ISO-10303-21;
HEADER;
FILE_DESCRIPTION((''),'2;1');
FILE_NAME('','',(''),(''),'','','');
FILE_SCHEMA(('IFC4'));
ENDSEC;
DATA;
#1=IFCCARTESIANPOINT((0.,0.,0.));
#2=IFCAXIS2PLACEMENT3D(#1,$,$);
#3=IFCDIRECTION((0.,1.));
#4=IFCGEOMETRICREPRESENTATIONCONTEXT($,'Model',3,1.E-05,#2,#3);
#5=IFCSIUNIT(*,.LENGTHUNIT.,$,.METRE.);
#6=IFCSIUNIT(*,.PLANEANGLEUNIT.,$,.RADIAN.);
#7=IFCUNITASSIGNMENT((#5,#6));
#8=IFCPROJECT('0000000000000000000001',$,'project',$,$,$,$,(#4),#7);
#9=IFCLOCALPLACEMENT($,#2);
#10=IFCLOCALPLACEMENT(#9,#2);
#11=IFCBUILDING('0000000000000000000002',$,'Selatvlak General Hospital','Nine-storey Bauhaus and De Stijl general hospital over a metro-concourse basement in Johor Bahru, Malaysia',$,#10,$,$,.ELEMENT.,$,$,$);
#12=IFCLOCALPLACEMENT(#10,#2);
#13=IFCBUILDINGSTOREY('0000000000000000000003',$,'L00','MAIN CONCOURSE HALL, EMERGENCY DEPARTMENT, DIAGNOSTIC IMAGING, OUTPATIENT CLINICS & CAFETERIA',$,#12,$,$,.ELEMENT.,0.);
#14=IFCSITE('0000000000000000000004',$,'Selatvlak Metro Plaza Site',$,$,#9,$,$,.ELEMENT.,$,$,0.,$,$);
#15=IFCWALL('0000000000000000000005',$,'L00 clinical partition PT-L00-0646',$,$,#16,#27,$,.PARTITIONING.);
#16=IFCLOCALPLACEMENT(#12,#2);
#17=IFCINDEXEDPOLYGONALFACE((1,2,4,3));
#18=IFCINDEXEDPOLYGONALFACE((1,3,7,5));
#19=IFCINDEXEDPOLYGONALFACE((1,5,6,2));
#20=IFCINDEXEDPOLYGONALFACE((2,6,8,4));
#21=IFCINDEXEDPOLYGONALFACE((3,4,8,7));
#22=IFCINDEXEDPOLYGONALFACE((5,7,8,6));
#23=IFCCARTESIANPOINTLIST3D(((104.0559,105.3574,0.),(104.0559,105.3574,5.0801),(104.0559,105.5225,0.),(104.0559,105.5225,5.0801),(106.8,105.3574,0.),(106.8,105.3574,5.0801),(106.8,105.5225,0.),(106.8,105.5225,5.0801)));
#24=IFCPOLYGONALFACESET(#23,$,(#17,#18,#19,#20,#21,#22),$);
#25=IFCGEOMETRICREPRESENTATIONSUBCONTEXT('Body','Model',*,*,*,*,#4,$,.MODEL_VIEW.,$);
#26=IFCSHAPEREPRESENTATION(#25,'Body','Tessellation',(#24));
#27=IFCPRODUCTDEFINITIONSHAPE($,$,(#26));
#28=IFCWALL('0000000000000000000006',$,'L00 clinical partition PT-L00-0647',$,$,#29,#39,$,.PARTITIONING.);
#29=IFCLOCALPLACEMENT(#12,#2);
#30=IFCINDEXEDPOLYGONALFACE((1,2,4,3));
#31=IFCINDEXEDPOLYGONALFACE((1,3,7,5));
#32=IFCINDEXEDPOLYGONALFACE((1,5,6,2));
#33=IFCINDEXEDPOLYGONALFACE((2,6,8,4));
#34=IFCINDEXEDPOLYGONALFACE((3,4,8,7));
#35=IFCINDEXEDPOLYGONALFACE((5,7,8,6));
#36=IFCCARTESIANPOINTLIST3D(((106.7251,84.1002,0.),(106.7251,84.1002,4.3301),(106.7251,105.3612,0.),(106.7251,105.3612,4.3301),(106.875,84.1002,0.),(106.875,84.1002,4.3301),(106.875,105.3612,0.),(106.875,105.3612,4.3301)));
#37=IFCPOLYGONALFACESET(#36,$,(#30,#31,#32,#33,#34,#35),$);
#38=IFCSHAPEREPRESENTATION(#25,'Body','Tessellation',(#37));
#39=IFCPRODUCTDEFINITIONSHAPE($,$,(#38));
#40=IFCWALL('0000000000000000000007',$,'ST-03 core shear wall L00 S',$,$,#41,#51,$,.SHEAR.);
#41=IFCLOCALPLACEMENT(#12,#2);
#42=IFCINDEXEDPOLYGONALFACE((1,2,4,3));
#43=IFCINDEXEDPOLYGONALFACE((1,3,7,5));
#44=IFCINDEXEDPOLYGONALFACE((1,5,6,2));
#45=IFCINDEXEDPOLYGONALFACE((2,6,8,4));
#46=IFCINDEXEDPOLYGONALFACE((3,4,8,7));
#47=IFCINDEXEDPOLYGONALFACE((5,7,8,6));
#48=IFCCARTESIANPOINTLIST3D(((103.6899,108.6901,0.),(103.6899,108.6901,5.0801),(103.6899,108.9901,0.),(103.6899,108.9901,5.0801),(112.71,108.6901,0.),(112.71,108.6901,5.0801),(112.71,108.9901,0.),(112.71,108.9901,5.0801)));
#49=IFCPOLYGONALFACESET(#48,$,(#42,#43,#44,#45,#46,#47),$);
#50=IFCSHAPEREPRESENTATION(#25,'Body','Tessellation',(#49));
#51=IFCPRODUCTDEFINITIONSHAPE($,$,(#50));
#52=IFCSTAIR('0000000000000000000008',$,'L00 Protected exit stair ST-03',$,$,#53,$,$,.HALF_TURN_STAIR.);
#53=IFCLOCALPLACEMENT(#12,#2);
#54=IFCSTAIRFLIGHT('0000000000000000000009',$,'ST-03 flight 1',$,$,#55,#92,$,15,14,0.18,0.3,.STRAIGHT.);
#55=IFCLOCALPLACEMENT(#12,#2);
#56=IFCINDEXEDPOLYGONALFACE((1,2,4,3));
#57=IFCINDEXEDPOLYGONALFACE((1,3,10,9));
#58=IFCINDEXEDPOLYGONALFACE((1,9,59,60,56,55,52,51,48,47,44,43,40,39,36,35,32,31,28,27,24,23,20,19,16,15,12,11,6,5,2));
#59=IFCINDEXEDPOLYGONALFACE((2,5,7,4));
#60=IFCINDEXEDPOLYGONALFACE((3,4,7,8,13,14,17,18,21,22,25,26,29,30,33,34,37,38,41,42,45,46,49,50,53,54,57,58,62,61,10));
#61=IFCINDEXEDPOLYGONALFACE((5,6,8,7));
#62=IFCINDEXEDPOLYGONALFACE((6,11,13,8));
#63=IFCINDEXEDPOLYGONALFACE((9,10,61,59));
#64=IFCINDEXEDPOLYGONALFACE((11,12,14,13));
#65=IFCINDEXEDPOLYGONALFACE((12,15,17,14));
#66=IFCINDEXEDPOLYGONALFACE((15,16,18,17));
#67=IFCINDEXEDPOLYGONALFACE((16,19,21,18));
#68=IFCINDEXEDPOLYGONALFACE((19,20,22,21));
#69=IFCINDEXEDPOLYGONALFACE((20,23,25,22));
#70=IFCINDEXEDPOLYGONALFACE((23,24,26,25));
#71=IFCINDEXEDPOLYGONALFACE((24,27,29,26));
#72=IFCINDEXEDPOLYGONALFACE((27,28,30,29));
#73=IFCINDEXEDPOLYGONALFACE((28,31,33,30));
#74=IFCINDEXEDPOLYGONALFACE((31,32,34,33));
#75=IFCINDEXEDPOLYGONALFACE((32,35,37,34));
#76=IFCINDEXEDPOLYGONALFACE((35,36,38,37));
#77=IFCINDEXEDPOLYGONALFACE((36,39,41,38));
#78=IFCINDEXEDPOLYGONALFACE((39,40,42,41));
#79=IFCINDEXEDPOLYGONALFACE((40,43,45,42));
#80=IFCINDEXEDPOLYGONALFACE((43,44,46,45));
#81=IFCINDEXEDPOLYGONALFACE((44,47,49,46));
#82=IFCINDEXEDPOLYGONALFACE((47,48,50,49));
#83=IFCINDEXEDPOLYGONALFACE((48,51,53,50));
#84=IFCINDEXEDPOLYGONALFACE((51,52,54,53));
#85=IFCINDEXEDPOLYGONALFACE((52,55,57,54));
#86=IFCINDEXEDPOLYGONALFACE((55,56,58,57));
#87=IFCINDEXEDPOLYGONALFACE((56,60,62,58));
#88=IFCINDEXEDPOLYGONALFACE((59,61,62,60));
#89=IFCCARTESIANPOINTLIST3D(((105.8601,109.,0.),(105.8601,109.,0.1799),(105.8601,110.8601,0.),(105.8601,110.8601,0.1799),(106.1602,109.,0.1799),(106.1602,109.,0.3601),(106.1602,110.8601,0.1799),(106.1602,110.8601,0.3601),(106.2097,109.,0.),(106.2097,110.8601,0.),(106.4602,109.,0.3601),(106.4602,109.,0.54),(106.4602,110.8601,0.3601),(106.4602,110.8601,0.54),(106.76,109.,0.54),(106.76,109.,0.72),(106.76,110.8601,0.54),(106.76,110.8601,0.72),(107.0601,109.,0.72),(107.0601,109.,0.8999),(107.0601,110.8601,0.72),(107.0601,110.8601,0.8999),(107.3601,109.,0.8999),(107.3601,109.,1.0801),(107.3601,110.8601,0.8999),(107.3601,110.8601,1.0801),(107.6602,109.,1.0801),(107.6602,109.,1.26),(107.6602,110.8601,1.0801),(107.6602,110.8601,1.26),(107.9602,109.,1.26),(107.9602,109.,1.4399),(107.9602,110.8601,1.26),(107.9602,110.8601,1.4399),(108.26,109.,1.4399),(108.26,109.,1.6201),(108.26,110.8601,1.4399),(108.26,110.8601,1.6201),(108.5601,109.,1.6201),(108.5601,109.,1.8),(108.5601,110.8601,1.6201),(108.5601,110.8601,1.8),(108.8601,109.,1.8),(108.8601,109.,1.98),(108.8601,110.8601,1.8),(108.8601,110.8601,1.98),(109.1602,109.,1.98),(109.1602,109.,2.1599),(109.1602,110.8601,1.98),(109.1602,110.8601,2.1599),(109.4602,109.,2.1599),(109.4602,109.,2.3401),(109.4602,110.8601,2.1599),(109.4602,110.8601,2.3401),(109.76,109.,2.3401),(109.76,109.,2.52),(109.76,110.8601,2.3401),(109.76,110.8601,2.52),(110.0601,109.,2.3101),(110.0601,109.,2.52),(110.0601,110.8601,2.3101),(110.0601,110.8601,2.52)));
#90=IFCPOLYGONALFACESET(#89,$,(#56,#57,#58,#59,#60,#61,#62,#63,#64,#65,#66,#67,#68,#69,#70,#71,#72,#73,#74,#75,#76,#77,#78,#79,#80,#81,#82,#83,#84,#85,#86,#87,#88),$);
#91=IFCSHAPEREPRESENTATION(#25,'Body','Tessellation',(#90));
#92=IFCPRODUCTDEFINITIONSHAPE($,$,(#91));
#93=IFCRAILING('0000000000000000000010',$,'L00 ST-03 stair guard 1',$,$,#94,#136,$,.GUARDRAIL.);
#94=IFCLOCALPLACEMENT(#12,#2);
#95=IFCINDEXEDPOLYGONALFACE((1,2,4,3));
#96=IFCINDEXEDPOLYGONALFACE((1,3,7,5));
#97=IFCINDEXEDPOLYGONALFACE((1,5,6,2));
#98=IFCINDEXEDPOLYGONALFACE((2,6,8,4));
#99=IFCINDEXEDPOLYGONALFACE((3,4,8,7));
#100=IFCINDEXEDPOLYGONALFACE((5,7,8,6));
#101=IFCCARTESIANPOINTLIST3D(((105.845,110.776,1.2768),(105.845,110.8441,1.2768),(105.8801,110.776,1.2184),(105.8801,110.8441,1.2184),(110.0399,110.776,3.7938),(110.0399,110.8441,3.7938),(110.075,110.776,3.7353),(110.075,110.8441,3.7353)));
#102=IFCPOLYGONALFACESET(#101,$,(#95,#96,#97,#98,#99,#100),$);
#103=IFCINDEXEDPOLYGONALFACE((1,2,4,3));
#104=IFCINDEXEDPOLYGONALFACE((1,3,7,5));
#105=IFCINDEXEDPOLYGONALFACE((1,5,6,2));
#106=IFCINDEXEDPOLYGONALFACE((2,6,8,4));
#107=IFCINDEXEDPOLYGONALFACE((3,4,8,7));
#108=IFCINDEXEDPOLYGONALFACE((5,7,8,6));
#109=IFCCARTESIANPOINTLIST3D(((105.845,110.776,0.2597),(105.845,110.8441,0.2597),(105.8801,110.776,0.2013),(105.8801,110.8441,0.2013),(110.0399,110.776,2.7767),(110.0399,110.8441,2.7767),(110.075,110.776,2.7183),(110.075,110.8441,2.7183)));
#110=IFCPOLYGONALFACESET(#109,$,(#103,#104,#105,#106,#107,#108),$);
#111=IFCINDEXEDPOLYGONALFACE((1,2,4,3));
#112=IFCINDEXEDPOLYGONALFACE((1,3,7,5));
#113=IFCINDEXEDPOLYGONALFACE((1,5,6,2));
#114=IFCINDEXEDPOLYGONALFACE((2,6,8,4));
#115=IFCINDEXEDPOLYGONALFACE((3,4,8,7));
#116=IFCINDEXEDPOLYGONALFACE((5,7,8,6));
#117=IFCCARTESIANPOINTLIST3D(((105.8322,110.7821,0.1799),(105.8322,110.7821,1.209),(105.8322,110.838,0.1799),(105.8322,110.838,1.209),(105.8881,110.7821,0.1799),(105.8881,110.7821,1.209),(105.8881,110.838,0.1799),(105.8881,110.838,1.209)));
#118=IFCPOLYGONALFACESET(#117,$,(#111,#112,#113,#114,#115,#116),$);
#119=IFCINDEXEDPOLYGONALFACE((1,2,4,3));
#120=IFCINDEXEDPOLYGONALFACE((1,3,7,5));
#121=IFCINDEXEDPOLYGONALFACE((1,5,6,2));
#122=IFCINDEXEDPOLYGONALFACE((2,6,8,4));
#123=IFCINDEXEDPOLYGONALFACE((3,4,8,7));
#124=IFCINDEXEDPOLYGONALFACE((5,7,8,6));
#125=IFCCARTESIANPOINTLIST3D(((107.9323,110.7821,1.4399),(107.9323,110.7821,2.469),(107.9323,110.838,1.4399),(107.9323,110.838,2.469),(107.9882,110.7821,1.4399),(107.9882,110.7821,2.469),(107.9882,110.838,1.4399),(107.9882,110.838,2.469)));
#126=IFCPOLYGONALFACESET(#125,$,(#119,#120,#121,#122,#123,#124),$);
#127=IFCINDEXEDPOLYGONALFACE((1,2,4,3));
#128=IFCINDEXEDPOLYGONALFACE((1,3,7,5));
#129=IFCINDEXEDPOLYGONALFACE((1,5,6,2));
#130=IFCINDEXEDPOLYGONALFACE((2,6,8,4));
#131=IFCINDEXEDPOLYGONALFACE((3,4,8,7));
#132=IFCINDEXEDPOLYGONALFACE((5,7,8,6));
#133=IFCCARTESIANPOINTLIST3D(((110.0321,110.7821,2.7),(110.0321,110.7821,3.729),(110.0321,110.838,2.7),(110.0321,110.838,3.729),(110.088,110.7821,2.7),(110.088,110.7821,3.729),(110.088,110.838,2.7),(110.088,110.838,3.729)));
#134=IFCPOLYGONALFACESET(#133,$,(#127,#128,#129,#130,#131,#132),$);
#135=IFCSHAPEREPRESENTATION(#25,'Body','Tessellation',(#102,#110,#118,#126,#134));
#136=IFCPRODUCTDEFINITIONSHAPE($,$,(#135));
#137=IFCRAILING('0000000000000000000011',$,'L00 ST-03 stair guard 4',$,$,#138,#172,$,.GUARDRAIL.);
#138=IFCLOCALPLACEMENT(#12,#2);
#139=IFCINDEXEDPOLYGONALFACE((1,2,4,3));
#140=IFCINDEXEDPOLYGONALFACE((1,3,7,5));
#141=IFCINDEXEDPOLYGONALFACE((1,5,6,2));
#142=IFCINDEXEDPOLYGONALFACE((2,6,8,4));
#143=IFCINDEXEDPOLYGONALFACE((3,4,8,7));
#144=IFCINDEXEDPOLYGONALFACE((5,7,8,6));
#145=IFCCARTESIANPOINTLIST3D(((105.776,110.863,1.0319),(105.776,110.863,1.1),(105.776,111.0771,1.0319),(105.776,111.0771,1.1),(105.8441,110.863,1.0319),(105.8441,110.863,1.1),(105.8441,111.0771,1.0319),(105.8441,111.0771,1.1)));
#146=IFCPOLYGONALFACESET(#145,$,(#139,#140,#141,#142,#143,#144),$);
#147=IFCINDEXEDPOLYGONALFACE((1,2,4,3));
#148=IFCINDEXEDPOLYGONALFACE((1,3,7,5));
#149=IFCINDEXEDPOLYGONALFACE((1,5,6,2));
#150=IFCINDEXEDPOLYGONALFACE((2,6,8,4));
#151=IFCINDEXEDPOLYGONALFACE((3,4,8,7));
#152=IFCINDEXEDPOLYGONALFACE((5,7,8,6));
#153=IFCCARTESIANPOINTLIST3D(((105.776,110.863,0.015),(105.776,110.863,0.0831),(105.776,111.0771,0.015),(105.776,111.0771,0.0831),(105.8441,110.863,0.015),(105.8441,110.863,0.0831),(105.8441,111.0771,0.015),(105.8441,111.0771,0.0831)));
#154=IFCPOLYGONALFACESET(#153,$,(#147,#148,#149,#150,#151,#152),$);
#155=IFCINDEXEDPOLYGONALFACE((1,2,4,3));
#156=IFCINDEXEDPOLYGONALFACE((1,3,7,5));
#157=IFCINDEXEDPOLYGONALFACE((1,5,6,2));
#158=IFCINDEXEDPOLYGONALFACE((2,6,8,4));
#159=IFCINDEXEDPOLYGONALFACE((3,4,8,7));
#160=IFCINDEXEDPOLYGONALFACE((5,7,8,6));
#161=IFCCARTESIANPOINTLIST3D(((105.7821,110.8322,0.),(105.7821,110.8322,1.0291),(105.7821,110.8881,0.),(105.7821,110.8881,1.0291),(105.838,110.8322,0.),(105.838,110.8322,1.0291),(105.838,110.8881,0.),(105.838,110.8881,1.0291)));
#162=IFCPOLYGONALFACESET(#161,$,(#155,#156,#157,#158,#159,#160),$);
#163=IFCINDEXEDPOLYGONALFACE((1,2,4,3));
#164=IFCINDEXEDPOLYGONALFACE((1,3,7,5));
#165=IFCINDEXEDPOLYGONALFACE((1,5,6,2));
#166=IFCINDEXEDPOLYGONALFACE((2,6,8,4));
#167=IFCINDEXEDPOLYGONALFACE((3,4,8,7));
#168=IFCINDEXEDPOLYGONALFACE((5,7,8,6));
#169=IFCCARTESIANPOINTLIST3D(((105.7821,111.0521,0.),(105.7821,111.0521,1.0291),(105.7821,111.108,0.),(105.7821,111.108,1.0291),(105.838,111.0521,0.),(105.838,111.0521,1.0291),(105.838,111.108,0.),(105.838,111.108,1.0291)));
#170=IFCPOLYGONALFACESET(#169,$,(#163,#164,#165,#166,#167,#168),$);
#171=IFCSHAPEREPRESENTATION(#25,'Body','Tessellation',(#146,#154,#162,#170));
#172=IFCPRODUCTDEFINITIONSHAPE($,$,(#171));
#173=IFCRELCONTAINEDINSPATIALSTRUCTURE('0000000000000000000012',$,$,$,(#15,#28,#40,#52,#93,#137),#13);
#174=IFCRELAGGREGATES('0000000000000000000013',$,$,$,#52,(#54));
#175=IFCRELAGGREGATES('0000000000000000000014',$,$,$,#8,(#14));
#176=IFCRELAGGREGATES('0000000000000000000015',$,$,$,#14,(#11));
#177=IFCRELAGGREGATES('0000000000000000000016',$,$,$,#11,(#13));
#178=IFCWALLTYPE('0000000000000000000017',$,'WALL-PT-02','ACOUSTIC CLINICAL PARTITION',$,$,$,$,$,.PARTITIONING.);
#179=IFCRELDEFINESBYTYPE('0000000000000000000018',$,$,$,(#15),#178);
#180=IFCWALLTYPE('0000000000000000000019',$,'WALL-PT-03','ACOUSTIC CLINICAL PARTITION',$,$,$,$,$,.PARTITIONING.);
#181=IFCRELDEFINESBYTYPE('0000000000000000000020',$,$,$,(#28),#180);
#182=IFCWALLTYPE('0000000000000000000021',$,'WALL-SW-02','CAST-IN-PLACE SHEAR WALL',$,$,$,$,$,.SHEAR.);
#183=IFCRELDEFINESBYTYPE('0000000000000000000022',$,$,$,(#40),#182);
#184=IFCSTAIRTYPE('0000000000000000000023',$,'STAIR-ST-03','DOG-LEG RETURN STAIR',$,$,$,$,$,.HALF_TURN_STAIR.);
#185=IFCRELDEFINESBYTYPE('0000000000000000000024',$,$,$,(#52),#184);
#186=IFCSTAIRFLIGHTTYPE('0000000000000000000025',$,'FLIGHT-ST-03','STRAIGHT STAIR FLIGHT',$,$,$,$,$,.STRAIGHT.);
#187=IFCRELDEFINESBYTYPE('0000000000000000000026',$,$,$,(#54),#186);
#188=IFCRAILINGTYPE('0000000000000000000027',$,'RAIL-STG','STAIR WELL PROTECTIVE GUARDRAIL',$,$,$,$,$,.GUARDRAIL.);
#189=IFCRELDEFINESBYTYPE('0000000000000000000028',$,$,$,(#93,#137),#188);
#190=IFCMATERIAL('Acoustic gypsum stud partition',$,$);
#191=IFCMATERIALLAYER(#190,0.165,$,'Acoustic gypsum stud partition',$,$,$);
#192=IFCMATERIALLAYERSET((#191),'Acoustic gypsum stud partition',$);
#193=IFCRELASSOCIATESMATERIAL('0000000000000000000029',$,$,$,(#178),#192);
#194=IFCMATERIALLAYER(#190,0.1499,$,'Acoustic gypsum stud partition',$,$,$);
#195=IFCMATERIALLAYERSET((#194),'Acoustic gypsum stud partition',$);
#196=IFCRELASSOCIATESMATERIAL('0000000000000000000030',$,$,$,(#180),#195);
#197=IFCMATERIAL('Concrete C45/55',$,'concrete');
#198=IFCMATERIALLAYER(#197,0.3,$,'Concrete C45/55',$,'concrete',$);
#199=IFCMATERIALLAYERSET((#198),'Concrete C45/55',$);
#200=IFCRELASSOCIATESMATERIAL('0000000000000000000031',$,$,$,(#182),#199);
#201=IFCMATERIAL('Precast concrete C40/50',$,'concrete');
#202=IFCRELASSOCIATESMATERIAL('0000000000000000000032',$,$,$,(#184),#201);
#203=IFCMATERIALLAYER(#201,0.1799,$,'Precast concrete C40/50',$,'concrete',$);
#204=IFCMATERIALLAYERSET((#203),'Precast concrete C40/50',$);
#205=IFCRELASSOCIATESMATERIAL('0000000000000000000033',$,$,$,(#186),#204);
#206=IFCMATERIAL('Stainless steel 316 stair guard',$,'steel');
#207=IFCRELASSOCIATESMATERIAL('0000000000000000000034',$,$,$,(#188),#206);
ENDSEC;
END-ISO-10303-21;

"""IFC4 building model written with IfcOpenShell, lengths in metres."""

from ifc_helpers import new_model, si_unit, direction, frame, frame_2d, origin, origin_2d, place, context, subcontext, project, spatial, polyline, rectangle, outline, extrude, material, layer, layer_set, type_object, element, aggregate, save


model = new_model("IFC4")

# Units and contexts
model_context = context("Model", 3, precision=1e-05, world=origin(), true_north=direction((0.0, 1.0)))
body_context = subcontext(model_context, "Body", "Model", "MODEL_VIEW")
ifc_project = project(units=[si_unit("LENGTHUNIT", "METRE"), si_unit("PLANEANGLEUNIT", "RADIAN")], contexts=[model_context])

# Site, building, storey
site_placement = place(None, origin())
site = spatial("IfcSite", under=ifc_project, at=site_placement, Name="Selatvlak Metro Plaza Site", CompositionType="ELEMENT", RefElevation=0.0)
building_placement = place(site_placement, origin())
building = spatial("IfcBuilding", under=site, at=building_placement, Name="Selatvlak General Hospital", Description="Nine-storey Bauhaus and De Stijl general hospital over a metro-concourse basement in Johor Bahru, Malaysia", CompositionType="ELEMENT")
storey_placement = place(building_placement, origin())
storey = spatial("IfcBuildingStorey", under=building, at=storey_placement, Name="L00", Description="MAIN CONCOURSE HALL, EMERGENCY DEPARTMENT, DIAGNOSTIC IMAGING, OUTPATIENT CLINICS & CAFETERIA", CompositionType="ELEMENT", Elevation=0.0)

# Shared definitions
ifc_material_1 = material(Name="Acoustic gypsum stud partition")

# Walls
ifc_layer_1 = layer(ifc_material_1, 0.165, Name="Acoustic gypsum stud partition")
ifc_layer_set_1 = layer_set([ifc_layer_1], Name="Acoustic gypsum stud partition")
wall_type_1 = type_object("IfcWallType", Name="WALL-PT-02", Description="ACOUSTIC CLINICAL PARTITION", PredefinedType="PARTITIONING", material=ifc_layer_set_1)
wall_1_placement = place(storey_placement, frame((104.0559, 105.4399, 0.0), z_axis=(0.0, 0.0, 1.0), x_axis=(1.0, 0.0, 0.0)))
element("IfcWall", 1, at=wall_1_placement, inside=storey, type_object=wall_type_1, Name="L00 clinical partition PT-L00-0646", PredefinedType="PARTITIONING", context=body_context, shape_type="SweptSolid", body=[
    extrude(rectangle(XDim=2.7441, YDim=0.165, at=frame_2d((1.3721, 0.0))), origin(), (0.0, 0.0, 1.0), 5.0801),
])
ifc_layer_2 = layer(ifc_material_1, 0.1499, Name="Acoustic gypsum stud partition")
ifc_layer_set_2 = layer_set([ifc_layer_2], Name="Acoustic gypsum stud partition")
wall_type_2 = type_object("IfcWallType", Name="WALL-PT-03", Description="ACOUSTIC CLINICAL PARTITION", PredefinedType="PARTITIONING", material=ifc_layer_set_2)
wall_2_placement = place(storey_placement, frame((106.8, 105.3611, 0.0), z_axis=(0.0, 0.0, 1.0), x_axis=(0.0, -1.0, 0.0)))
element("IfcWall", 2, at=wall_2_placement, inside=storey, type_object=wall_type_2, Name="L00 clinical partition PT-L00-0647", PredefinedType="PARTITIONING", context=body_context, shape_type="SweptSolid", body=[
    extrude(rectangle(XDim=21.261, YDim=0.1499, at=frame_2d((10.6304, 0.0))), origin(), (0.0, 0.0, 1.0), 4.3301),
])
ifc_material_2 = material(Name="Concrete C45/55", Category="concrete")
ifc_layer_3 = layer(ifc_material_2, 0.3, Name="Concrete C45/55", Category="concrete")
ifc_layer_set_3 = layer_set([ifc_layer_3], Name="Concrete C45/55")
wall_type_3 = type_object("IfcWallType", Name="WALL-SW-02", Description="CAST-IN-PLACE SHEAR WALL", PredefinedType="SHEAR", material=ifc_layer_set_3)
wall_3_placement = place(storey_placement, frame((103.6899, 108.8401, 0.0), z_axis=(0.0, 0.0, 1.0), x_axis=(1.0, 0.0, 0.0)))
element("IfcWall", 3, at=wall_3_placement, inside=storey, type_object=wall_type_3, Name="ST-03 core shear wall L00 S", PredefinedType="SHEAR", context=body_context, shape_type="SweptSolid", body=[
    extrude(rectangle(XDim=9.02, YDim=0.3, at=frame_2d((4.51, 0.0))), origin(), (0.0, 0.0, 1.0), 5.0801),
])

# Stair, stair flight
ifc_material_3 = material(Name="Precast concrete C40/50", Category="concrete")
stair_type = type_object("IfcStairType", Name="STAIR-ST-03", Description="DOG-LEG RETURN STAIR", PredefinedType="HALF_TURN_STAIR", material=ifc_material_3)
stair_placement = place(storey_placement, origin())
stair = element("IfcStair", 4, at=stair_placement, inside=storey, type_object=stair_type, Name="L00 Protected exit stair ST-03", PredefinedType="HALF_TURN_STAIR")
ifc_layer_4 = layer(ifc_material_3, 0.1799, Name="Precast concrete C40/50", Category="concrete")
ifc_layer_set_4 = layer_set([ifc_layer_4], Name="Precast concrete C40/50")
stair_flight_type = type_object("IfcStairFlightType", Name="FLIGHT-ST-03", Description="STRAIGHT STAIR FLIGHT", PredefinedType="STRAIGHT", material=ifc_layer_set_4)
stair_flight_placement = place(storey_placement, frame((105.8601, 109.9299, 0.0), z_axis=(0.0, 0.0, 1.0), x_axis=(1.0, 0.0, 0.0)))
stair_flight = element("IfcStairFlight", 5, at=stair_flight_placement, type_object=stair_flight_type, Name="ST-03 flight 1", NumberOfRisers=15, NumberOfTreads=14, PredefinedType="STRAIGHT", RiserHeight=0.18, TreadLength=0.3, context=body_context, shape_type="SweptSolid", body=[
    extrude(outline(polyline([(0.0, 0.0), (0.0, 0.1799), (0.3, 0.1799), (0.3, 0.3601), (0.6001, 0.3601), (0.6001, 0.54), (0.8999, 0.54), (0.8999, 0.72), (1.2, 0.72), (1.2, 0.8999), (1.5, 0.8999), (1.5, 1.0801), (1.8, 1.0801), (1.8, 1.26), (2.1001, 1.26), (2.1001, 1.4399), (2.3999, 1.4399), (2.3999, 1.6201), (2.7, 1.6201), (2.7, 1.8), (3.0, 1.8), (3.0, 1.98), (3.3, 1.98), (3.3, 2.1599), (3.6001, 2.1599), (3.6001, 2.3401), (3.8999, 2.3401), (3.8999, 2.52), (4.2, 2.52), (4.2, 2.7), (4.2, 2.3101), (0.3496, 0.0), (0.0, 0.0)])), frame((0.0, 0.9302, 0.0), z_axis=(0.0, -1.0, 0.0), x_axis=(1.0, 0.0, 0.0)), (0.0, 0.0, 1.0), 1.8601),
])
aggregate(stair, [stair_flight])

# Railings
ifc_material_4 = material(Name="Stainless steel 316 stair guard", Category="steel")
railing_type_1 = type_object("IfcRailingType", Name="RAIL-STG", Description="STAIR WELL PROTECTIVE GUARDRAIL", PredefinedType="GUARDRAIL", material=ifc_material_4)
railing_1_placement = place(storey_placement, frame((105.8601, 110.8101, 0.1799)))
element("IfcRailing", 6, at=railing_1_placement, inside=storey, type_object=railing_type_1, Name="L00 ST-03 stair guard 1", PredefinedType="GUARDRAIL", context=body_context, shape_type="SweptSolid", body=[
    extrude(rectangle(XDim=0.0681, YDim=0.0681, at=origin_2d()), frame((0.0024, 0.0, 1.0676), z_axis=(0.857489, 0.0, 0.514503), x_axis=(0.0, 1.0, 0.0)), (0.0, 0.0, 1.0), 4.8921),
    extrude(rectangle(XDim=0.0681, YDim=0.0681, at=origin_2d()), frame((0.0024, 0.0, 0.0505), z_axis=(0.857489, 0.0, 0.514503), x_axis=(0.0, 1.0, 0.0)), (0.0, 0.0, 1.0), 4.8921),
    extrude(rectangle(XDim=0.0559, YDim=0.0559, at=origin_2d()), origin(), (0.0, 0.0, 1.0), 1.0291),
    extrude(rectangle(XDim=0.0559, YDim=0.0559, at=origin_2d()), frame((2.1001, 0.0, 1.26)), (0.0, 0.0, 1.0), 1.0291),
    extrude(rectangle(XDim=0.0559, YDim=0.0559, at=origin_2d()), frame((4.2, 0.0, 2.52)), (0.0, 0.0, 1.0), 1.0291),
])
railing_2_placement = place(storey_placement, frame((105.8101, 110.8601, 0.0)))
element("IfcRailing", 7, at=railing_2_placement, inside=storey, type_object=railing_type_1, Name="L00 ST-03 stair guard 4", PredefinedType="GUARDRAIL", context=body_context, shape_type="SweptSolid", body=[
    extrude(rectangle(XDim=0.0681, YDim=0.0681, at=origin_2d()), frame((0.0, 0.0029, 1.0659), z_axis=(0.0, 1.0, 0.0), x_axis=(-1.0, 0.0, 0.0)), (0.0, 0.0, 1.0), 0.2141),
    extrude(rectangle(XDim=0.0681, YDim=0.0681, at=origin_2d()), frame((0.0, 0.0029, 0.0491), z_axis=(0.0, 1.0, 0.0), x_axis=(-1.0, 0.0, 0.0)), (0.0, 0.0, 1.0), 0.2141),
    extrude(rectangle(XDim=0.0559, YDim=0.0559, at=origin_2d()), origin(), (0.0, 0.0, 1.0), 1.0291),
    extrude(rectangle(XDim=0.0559, YDim=0.0559, at=origin_2d()), frame((0.0, 0.22, 0.0)), (0.0, 0.0, 1.0), 1.0291),
])

save(model, "model.ifc")
